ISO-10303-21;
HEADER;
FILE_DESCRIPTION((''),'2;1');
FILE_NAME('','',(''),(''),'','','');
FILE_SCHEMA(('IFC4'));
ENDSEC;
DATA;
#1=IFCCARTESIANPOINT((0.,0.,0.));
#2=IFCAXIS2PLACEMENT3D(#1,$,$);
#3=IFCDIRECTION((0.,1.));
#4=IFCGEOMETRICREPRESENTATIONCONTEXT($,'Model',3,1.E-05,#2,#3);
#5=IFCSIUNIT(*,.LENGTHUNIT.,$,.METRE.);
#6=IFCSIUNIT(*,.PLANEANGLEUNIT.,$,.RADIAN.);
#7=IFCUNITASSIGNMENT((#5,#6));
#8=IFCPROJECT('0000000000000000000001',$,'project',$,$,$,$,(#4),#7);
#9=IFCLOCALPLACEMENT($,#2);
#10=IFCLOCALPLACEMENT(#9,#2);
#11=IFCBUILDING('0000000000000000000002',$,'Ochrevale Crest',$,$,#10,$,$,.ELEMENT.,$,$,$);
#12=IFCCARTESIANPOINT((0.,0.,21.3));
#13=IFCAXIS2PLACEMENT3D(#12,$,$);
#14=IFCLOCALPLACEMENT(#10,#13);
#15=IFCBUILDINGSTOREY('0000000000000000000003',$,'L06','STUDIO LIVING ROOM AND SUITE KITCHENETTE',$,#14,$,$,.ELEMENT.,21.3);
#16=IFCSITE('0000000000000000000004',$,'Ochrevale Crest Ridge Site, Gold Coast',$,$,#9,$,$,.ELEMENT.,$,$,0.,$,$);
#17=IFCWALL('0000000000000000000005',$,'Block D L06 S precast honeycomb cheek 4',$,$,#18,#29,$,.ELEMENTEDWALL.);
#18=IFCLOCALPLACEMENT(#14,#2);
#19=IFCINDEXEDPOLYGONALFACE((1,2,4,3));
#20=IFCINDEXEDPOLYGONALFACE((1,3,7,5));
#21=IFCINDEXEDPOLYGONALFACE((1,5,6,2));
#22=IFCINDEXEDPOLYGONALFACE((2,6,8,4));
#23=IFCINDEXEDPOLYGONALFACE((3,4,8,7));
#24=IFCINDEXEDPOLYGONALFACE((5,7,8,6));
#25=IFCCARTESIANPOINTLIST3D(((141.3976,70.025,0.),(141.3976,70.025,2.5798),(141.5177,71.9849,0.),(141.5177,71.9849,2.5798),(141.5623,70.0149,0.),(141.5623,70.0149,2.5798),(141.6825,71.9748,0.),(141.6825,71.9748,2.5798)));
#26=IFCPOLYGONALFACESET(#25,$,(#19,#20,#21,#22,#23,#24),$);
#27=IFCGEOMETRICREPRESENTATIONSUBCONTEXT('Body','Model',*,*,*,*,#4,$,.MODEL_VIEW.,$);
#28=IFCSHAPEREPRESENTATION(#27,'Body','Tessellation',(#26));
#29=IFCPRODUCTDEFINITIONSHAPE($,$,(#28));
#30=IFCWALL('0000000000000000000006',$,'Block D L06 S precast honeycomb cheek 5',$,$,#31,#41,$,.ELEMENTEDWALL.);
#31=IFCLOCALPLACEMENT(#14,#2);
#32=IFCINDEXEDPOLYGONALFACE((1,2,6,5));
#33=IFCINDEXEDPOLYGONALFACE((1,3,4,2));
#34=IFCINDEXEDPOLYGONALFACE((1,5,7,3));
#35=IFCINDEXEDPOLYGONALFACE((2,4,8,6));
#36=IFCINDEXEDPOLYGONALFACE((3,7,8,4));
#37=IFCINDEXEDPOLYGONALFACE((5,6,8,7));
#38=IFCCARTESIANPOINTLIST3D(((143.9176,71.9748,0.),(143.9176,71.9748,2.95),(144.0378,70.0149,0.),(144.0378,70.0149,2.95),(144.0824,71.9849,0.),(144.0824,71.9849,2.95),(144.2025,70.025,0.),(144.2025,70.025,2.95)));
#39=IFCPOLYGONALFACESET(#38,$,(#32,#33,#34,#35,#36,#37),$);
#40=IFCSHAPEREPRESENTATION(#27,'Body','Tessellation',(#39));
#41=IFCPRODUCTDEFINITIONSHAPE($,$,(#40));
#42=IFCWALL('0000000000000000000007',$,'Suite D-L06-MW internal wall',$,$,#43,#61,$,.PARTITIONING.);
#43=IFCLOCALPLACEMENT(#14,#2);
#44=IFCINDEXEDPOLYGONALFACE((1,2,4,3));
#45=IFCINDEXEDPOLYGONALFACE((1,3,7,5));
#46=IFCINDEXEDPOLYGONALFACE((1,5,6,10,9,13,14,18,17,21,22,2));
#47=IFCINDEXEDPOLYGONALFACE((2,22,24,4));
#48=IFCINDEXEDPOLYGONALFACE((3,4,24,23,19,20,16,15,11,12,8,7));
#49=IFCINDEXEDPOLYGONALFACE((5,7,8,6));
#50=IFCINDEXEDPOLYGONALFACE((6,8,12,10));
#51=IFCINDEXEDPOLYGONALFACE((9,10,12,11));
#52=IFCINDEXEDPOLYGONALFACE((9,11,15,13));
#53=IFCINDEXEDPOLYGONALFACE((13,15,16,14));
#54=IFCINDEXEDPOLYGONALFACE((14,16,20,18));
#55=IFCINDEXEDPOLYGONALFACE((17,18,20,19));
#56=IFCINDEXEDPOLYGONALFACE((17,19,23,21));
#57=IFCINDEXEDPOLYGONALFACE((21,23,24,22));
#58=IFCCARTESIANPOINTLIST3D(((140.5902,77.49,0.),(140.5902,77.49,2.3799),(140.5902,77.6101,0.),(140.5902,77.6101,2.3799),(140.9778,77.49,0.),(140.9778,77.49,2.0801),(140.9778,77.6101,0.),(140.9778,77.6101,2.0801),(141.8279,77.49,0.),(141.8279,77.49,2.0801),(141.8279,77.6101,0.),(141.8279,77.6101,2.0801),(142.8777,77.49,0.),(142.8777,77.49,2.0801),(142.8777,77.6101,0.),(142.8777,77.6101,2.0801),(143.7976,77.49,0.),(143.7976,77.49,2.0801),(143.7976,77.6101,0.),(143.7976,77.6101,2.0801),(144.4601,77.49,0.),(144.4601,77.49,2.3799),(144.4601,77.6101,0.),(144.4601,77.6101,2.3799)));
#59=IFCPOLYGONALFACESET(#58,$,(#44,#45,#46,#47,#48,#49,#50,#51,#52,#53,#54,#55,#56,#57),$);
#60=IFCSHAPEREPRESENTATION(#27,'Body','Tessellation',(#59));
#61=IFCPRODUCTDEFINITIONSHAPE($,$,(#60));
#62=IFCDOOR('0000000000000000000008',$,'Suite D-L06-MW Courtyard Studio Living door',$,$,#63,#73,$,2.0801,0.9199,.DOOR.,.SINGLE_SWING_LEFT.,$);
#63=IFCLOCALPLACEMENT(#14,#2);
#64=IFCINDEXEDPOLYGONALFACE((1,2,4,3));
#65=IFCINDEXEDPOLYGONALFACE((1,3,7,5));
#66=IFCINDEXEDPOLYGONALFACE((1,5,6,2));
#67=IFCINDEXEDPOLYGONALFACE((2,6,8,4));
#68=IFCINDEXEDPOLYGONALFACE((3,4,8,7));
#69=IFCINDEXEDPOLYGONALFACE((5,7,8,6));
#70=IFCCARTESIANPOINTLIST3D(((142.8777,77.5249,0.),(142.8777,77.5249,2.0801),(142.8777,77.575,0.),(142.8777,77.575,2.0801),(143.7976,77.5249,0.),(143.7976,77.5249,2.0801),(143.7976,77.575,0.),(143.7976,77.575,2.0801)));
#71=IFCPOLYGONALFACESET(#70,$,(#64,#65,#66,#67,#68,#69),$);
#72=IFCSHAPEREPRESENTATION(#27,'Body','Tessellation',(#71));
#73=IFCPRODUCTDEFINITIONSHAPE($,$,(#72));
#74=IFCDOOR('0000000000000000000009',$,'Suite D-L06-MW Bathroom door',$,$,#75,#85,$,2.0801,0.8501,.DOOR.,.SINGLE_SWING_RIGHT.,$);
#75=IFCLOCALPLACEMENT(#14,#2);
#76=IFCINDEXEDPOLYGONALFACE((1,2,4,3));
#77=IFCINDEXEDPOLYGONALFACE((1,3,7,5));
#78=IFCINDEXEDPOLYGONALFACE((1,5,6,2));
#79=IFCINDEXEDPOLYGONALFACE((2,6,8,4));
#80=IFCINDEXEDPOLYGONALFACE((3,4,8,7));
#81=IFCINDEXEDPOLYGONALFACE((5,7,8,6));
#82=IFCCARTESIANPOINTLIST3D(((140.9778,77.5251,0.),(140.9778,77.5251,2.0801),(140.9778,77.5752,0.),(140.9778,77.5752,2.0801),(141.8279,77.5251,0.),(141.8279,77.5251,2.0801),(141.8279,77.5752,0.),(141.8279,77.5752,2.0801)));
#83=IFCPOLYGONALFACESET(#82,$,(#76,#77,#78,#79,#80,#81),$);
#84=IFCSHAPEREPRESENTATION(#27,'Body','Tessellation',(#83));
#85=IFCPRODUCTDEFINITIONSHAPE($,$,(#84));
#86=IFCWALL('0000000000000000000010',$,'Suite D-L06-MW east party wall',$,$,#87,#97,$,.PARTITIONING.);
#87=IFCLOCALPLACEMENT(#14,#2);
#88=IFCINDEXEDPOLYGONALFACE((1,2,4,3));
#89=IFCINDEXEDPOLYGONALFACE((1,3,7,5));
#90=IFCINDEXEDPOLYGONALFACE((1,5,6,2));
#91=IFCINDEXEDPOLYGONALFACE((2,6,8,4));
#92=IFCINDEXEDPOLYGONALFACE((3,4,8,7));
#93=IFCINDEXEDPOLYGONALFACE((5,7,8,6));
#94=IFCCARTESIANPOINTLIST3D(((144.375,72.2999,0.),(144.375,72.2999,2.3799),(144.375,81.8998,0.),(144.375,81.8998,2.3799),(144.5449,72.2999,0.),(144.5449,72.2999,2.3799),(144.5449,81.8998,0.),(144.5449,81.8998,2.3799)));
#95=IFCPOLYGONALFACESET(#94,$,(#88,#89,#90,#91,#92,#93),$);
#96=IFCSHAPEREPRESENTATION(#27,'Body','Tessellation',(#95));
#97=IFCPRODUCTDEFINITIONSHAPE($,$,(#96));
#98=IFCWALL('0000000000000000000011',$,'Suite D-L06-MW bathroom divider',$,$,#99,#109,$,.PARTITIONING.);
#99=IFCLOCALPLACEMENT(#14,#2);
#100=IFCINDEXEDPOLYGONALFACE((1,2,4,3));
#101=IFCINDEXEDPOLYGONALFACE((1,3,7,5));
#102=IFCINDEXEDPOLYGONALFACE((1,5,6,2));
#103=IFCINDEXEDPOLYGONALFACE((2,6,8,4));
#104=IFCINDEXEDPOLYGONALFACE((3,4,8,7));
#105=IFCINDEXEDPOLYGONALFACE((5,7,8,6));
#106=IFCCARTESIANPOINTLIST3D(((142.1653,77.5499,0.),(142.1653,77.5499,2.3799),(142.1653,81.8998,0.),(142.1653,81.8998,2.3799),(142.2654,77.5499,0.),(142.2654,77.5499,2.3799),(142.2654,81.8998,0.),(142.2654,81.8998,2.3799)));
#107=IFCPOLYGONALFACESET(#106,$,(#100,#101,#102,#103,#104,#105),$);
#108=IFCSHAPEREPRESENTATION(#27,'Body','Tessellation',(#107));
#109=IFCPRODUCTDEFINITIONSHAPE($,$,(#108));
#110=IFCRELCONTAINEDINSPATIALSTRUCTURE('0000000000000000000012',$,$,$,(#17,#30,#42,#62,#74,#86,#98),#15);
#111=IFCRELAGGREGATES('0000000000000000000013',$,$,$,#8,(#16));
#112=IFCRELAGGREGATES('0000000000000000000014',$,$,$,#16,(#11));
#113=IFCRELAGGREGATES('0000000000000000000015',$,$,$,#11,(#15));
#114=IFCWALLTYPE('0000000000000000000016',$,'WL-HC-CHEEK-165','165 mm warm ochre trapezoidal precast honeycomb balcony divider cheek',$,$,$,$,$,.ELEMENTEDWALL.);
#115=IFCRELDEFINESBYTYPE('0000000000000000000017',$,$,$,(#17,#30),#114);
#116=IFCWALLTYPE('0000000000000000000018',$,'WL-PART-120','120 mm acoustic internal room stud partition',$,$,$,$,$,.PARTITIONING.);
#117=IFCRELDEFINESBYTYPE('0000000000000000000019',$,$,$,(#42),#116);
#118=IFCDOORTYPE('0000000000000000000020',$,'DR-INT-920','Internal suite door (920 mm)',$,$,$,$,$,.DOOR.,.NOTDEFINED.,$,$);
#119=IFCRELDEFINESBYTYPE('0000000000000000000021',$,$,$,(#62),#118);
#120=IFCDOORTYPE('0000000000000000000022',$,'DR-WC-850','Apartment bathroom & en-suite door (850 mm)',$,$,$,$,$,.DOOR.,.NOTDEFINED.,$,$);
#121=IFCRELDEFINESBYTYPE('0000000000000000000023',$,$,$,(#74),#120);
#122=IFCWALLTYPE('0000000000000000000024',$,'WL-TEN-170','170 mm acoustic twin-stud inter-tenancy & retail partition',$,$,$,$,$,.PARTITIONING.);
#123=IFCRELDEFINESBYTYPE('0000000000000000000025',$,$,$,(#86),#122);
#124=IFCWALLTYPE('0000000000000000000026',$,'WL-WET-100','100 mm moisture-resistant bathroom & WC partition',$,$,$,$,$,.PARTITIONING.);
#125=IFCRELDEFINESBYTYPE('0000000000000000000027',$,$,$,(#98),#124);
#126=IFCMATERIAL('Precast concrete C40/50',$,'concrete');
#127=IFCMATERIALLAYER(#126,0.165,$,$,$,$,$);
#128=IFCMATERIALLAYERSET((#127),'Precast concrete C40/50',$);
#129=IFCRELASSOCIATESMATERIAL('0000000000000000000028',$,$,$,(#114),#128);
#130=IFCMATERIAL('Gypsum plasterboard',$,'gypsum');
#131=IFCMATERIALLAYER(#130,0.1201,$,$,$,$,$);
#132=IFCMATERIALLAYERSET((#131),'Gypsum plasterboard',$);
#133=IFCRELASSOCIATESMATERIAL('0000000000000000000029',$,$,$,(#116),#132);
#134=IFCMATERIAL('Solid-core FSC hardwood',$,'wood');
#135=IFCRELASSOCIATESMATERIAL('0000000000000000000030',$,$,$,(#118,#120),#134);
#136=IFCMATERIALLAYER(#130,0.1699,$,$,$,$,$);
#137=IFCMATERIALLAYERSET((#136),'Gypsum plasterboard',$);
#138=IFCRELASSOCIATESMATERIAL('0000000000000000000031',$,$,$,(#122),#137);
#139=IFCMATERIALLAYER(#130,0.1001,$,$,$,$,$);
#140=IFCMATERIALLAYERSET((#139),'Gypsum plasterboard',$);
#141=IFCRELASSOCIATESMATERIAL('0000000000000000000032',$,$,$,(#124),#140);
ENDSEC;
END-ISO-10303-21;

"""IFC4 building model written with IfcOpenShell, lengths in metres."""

from ifc_helpers import new_model, si_unit, direction, frame, frame_2d, origin, place, context, subcontext, project, spatial, rectangle, extrude, material, layer, layer_set, type_object, element, fill, save


model = new_model("IFC4")

# Units and contexts
model_context = context("Model", 3, precision=1e-05, world=origin(), true_north=direction((0.0, 1.0)))
body_context = subcontext(model_context, "Body", "Model", "MODEL_VIEW")
ifc_project = project(units=[si_unit("LENGTHUNIT", "METRE"), si_unit("PLANEANGLEUNIT", "RADIAN")], contexts=[model_context])

# Site, building, storey
site_placement = place(None, origin())
site = spatial("IfcSite", under=ifc_project, at=site_placement, Name="Ochrevale Crest Ridge Site, Gold Coast", CompositionType="ELEMENT", RefElevation=0.0)
building_placement = place(site_placement, origin())
building = spatial("IfcBuilding", under=site, at=building_placement, Name="Ochrevale Crest", CompositionType="ELEMENT")
storey_placement = place(building_placement, frame((0.0, 0.0, 21.3)))
storey = spatial("IfcBuildingStorey", under=building, at=storey_placement, Name="L06", Description="STUDIO LIVING ROOM AND SUITE KITCHENETTE", CompositionType="ELEMENT", Elevation=21.3)

# Shared definitions
ifc_material_1 = material(Name="Precast concrete C40/50", Category="concrete")

# Walls
ifc_layer_1 = layer(ifc_material_1, 0.165)
ifc_layer_set_1 = layer_set([ifc_layer_1], Name="Precast concrete C40/50")
wall_type_1 = type_object("IfcWallType", Name="WL-HC-CHEEK-165", Description="165 mm warm ochre trapezoidal precast honeycomb balcony divider cheek", PredefinedType="ELEMENTEDWALL", material=ifc_layer_set_1)
wall_1_placement = place(storey_placement, frame((141.6001, 71.98, 0.0), z_axis=(0.0, 0.0, 1.0), x_axis=(-0.061171, -0.998127, 0.0)))
element("IfcWall", 1, at=wall_1_placement, inside=storey, type_object=wall_type_1, Name="Block D L06 S precast honeycomb cheek 4", PredefinedType="ELEMENTEDWALL", context=body_context, shape_type="SweptSolid", body=[
    extrude(rectangle(XDim=1.9636, YDim=0.165, at=frame_2d((0.9819, 0.0))), origin(), (0.0, 0.0, 1.0), 2.5798),
])
wall_2_placement = place(storey_placement, frame((144.0, 71.98, 0.0), z_axis=(0.0, 0.0, 1.0), x_axis=(0.061171, -0.998127, 0.0)))
element("IfcWall", 2, at=wall_2_placement, inside=storey, type_object=wall_type_1, Name="Block D L06 S precast honeycomb cheek 5", PredefinedType="ELEMENTEDWALL", context=body_context, shape_type="SweptSolid", body=[
    extrude(rectangle(XDim=1.9636, YDim=0.165, at=frame_2d((0.9819, 0.0))), origin(), (0.0, 0.0, 1.0), 2.95),
])

# Wall, openings, doors
ifc_material_2 = material(Name="Gypsum plasterboard", Category="gypsum")
ifc_layer_2 = layer(ifc_material_2, 0.1201)
ifc_layer_set_2 = layer_set([ifc_layer_2], Name="Gypsum plasterboard")
wall_type_2 = type_object("IfcWallType", Name="WL-PART-120", Description="120 mm acoustic internal room stud partition", PredefinedType="PARTITIONING", material=ifc_layer_set_2)
wall_3_placement = place(storey_placement, frame((140.5901, 77.55, 0.0), z_axis=(0.0, 0.0, 1.0), x_axis=(1.0, 0.0, 0.0)))
wall_3 = element("IfcWall", 3, at=wall_3_placement, inside=storey, type_object=wall_type_2, Name="Suite D-L06-MW internal wall", PredefinedType="PARTITIONING", context=body_context, shape_type="SweptSolid", body=[
    extrude(rectangle(XDim=3.8699, YDim=0.1201, at=frame_2d((1.9351, 0.0))), origin(), (0.0, 0.0, 1.0), 2.3799),
])
opening_1_placement = place(wall_3_placement, frame((1.2378, 0.0, 0.0), z_axis=(0.0, 0.0, 1.0), x_axis=(-1.0, 0.0, 0.0)))
opening_1 = element("IfcOpeningElement", 4, at=opening_1_placement, cuts=wall_3, PredefinedType="OPENING", context=body_context, shape_type="SweptSolid", body=[
    extrude(rectangle(XDim=0.8501, YDim=2.0801, at=frame_2d((0.425, 1.04))), frame((0.0, 0.0701, 0.0), z_axis=(0.0, -1.0, 0.0), x_axis=(1.0, 0.0, 0.0)), (0.0, 0.0, 1.0), 0.1401),
])
opening_2_placement = place(wall_3_placement, frame((2.2876, 0.0, 0.0)))
opening_2 = element("IfcOpeningElement", 5, at=opening_2_placement, cuts=wall_3, PredefinedType="OPENING", context=body_context, shape_type="SweptSolid", body=[
    extrude(rectangle(XDim=0.9199, YDim=2.0801, at=frame_2d((0.46, 1.04))), frame((0.0, 0.0701, 0.0), z_axis=(0.0, -1.0, 0.0), x_axis=(1.0, 0.0, 0.0)), (0.0, 0.0, 1.0), 0.1401),
])
ifc_material_3 = material(Name="Solid-core FSC hardwood", Category="wood")
door_type_1 = type_object("IfcDoorType", Name="DR-INT-920", Description="Internal suite door (920 mm)", OperationType="NOTDEFINED", PredefinedType="DOOR", material=ifc_material_3)
door_1_placement = place(opening_2_placement, origin())
door_1 = element("IfcDoor", 6, at=door_1_placement, inside=storey, type_object=door_type_1, Name="Suite D-L06-MW Courtyard Studio Living door", OperationType="SINGLE_SWING_LEFT", OverallHeight=2.0801, OverallWidth=0.9199, PredefinedType="DOOR", context=body_context, shape_type="SweptSolid", body=[
    extrude(rectangle(XDim=0.9199, YDim=2.0801, at=frame_2d((0.46, 1.04))), frame((0.0, 0.0249, 0.0), z_axis=(0.0, -1.0, 0.0), x_axis=(1.0, 0.0, 0.0)), (0.0, 0.0, 1.0), 0.05),
])
fill(opening_2, door_1)
door_type_2 = type_object("IfcDoorType", Name="DR-WC-850", Description="Apartment bathroom & en-suite door (850 mm)", OperationType="NOTDEFINED", PredefinedType="DOOR", material=ifc_material_3)
door_2_placement = place(opening_1_placement, origin())
door_2 = element("IfcDoor", 7, at=door_2_placement, inside=storey, type_object=door_type_2, Name="Suite D-L06-MW Bathroom door", OperationType="SINGLE_SWING_RIGHT", OverallHeight=2.0801, OverallWidth=0.8501, PredefinedType="DOOR", context=body_context, shape_type="SweptSolid", body=[
    extrude(rectangle(XDim=0.8501, YDim=2.0801, at=frame_2d((0.425, 1.04))), frame((0.0, 0.0249, 0.0), z_axis=(0.0, -1.0, 0.0), x_axis=(1.0, 0.0, 0.0)), (0.0, 0.0, 1.0), 0.05),
])
fill(opening_1, door_2)

# Walls
ifc_layer_3 = layer(ifc_material_2, 0.1699)
ifc_layer_set_3 = layer_set([ifc_layer_3], Name="Gypsum plasterboard")
wall_type_3 = type_object("IfcWallType", Name="WL-TEN-170", Description="170 mm acoustic twin-stud inter-tenancy & retail partition", PredefinedType="PARTITIONING", material=ifc_layer_set_3)
wall_4_placement = place(storey_placement, frame((144.46, 72.3, 0.0), z_axis=(0.0, 0.0, 1.0), x_axis=(0.0, 1.0, 0.0)))
element("IfcWall", 8, at=wall_4_placement, inside=storey, type_object=wall_type_3, Name="Suite D-L06-MW east party wall", PredefinedType="PARTITIONING", context=body_context, shape_type="SweptSolid", body=[
    extrude(rectangle(XDim=9.5999, YDim=0.1699, at=frame_2d((4.7998, 0.0))), origin(), (0.0, 0.0, 1.0), 2.3799),
])
ifc_layer_4 = layer(ifc_material_2, 0.1001)
ifc_layer_set_4 = layer_set([ifc_layer_4], Name="Gypsum plasterboard")
wall_type_4 = type_object("IfcWallType", Name="WL-WET-100", Description="100 mm moisture-resistant bathroom & WC partition", PredefinedType="PARTITIONING", material=ifc_layer_set_4)
wall_5_placement = place(storey_placement, frame((142.2153, 77.55, 0.0), z_axis=(0.0, 0.0, 1.0), x_axis=(0.0, 1.0, 0.0)))
element("IfcWall", 9, at=wall_5_placement, inside=storey, type_object=wall_type_4, Name="Suite D-L06-MW bathroom divider", PredefinedType="PARTITIONING", context=body_context, shape_type="SweptSolid", body=[
    extrude(rectangle(XDim=4.3499, YDim=0.1001, at=frame_2d((2.1748, 0.0))), origin(), (0.0, 0.0, 1.0), 2.3799),
])

save(model, "model.ifc")
